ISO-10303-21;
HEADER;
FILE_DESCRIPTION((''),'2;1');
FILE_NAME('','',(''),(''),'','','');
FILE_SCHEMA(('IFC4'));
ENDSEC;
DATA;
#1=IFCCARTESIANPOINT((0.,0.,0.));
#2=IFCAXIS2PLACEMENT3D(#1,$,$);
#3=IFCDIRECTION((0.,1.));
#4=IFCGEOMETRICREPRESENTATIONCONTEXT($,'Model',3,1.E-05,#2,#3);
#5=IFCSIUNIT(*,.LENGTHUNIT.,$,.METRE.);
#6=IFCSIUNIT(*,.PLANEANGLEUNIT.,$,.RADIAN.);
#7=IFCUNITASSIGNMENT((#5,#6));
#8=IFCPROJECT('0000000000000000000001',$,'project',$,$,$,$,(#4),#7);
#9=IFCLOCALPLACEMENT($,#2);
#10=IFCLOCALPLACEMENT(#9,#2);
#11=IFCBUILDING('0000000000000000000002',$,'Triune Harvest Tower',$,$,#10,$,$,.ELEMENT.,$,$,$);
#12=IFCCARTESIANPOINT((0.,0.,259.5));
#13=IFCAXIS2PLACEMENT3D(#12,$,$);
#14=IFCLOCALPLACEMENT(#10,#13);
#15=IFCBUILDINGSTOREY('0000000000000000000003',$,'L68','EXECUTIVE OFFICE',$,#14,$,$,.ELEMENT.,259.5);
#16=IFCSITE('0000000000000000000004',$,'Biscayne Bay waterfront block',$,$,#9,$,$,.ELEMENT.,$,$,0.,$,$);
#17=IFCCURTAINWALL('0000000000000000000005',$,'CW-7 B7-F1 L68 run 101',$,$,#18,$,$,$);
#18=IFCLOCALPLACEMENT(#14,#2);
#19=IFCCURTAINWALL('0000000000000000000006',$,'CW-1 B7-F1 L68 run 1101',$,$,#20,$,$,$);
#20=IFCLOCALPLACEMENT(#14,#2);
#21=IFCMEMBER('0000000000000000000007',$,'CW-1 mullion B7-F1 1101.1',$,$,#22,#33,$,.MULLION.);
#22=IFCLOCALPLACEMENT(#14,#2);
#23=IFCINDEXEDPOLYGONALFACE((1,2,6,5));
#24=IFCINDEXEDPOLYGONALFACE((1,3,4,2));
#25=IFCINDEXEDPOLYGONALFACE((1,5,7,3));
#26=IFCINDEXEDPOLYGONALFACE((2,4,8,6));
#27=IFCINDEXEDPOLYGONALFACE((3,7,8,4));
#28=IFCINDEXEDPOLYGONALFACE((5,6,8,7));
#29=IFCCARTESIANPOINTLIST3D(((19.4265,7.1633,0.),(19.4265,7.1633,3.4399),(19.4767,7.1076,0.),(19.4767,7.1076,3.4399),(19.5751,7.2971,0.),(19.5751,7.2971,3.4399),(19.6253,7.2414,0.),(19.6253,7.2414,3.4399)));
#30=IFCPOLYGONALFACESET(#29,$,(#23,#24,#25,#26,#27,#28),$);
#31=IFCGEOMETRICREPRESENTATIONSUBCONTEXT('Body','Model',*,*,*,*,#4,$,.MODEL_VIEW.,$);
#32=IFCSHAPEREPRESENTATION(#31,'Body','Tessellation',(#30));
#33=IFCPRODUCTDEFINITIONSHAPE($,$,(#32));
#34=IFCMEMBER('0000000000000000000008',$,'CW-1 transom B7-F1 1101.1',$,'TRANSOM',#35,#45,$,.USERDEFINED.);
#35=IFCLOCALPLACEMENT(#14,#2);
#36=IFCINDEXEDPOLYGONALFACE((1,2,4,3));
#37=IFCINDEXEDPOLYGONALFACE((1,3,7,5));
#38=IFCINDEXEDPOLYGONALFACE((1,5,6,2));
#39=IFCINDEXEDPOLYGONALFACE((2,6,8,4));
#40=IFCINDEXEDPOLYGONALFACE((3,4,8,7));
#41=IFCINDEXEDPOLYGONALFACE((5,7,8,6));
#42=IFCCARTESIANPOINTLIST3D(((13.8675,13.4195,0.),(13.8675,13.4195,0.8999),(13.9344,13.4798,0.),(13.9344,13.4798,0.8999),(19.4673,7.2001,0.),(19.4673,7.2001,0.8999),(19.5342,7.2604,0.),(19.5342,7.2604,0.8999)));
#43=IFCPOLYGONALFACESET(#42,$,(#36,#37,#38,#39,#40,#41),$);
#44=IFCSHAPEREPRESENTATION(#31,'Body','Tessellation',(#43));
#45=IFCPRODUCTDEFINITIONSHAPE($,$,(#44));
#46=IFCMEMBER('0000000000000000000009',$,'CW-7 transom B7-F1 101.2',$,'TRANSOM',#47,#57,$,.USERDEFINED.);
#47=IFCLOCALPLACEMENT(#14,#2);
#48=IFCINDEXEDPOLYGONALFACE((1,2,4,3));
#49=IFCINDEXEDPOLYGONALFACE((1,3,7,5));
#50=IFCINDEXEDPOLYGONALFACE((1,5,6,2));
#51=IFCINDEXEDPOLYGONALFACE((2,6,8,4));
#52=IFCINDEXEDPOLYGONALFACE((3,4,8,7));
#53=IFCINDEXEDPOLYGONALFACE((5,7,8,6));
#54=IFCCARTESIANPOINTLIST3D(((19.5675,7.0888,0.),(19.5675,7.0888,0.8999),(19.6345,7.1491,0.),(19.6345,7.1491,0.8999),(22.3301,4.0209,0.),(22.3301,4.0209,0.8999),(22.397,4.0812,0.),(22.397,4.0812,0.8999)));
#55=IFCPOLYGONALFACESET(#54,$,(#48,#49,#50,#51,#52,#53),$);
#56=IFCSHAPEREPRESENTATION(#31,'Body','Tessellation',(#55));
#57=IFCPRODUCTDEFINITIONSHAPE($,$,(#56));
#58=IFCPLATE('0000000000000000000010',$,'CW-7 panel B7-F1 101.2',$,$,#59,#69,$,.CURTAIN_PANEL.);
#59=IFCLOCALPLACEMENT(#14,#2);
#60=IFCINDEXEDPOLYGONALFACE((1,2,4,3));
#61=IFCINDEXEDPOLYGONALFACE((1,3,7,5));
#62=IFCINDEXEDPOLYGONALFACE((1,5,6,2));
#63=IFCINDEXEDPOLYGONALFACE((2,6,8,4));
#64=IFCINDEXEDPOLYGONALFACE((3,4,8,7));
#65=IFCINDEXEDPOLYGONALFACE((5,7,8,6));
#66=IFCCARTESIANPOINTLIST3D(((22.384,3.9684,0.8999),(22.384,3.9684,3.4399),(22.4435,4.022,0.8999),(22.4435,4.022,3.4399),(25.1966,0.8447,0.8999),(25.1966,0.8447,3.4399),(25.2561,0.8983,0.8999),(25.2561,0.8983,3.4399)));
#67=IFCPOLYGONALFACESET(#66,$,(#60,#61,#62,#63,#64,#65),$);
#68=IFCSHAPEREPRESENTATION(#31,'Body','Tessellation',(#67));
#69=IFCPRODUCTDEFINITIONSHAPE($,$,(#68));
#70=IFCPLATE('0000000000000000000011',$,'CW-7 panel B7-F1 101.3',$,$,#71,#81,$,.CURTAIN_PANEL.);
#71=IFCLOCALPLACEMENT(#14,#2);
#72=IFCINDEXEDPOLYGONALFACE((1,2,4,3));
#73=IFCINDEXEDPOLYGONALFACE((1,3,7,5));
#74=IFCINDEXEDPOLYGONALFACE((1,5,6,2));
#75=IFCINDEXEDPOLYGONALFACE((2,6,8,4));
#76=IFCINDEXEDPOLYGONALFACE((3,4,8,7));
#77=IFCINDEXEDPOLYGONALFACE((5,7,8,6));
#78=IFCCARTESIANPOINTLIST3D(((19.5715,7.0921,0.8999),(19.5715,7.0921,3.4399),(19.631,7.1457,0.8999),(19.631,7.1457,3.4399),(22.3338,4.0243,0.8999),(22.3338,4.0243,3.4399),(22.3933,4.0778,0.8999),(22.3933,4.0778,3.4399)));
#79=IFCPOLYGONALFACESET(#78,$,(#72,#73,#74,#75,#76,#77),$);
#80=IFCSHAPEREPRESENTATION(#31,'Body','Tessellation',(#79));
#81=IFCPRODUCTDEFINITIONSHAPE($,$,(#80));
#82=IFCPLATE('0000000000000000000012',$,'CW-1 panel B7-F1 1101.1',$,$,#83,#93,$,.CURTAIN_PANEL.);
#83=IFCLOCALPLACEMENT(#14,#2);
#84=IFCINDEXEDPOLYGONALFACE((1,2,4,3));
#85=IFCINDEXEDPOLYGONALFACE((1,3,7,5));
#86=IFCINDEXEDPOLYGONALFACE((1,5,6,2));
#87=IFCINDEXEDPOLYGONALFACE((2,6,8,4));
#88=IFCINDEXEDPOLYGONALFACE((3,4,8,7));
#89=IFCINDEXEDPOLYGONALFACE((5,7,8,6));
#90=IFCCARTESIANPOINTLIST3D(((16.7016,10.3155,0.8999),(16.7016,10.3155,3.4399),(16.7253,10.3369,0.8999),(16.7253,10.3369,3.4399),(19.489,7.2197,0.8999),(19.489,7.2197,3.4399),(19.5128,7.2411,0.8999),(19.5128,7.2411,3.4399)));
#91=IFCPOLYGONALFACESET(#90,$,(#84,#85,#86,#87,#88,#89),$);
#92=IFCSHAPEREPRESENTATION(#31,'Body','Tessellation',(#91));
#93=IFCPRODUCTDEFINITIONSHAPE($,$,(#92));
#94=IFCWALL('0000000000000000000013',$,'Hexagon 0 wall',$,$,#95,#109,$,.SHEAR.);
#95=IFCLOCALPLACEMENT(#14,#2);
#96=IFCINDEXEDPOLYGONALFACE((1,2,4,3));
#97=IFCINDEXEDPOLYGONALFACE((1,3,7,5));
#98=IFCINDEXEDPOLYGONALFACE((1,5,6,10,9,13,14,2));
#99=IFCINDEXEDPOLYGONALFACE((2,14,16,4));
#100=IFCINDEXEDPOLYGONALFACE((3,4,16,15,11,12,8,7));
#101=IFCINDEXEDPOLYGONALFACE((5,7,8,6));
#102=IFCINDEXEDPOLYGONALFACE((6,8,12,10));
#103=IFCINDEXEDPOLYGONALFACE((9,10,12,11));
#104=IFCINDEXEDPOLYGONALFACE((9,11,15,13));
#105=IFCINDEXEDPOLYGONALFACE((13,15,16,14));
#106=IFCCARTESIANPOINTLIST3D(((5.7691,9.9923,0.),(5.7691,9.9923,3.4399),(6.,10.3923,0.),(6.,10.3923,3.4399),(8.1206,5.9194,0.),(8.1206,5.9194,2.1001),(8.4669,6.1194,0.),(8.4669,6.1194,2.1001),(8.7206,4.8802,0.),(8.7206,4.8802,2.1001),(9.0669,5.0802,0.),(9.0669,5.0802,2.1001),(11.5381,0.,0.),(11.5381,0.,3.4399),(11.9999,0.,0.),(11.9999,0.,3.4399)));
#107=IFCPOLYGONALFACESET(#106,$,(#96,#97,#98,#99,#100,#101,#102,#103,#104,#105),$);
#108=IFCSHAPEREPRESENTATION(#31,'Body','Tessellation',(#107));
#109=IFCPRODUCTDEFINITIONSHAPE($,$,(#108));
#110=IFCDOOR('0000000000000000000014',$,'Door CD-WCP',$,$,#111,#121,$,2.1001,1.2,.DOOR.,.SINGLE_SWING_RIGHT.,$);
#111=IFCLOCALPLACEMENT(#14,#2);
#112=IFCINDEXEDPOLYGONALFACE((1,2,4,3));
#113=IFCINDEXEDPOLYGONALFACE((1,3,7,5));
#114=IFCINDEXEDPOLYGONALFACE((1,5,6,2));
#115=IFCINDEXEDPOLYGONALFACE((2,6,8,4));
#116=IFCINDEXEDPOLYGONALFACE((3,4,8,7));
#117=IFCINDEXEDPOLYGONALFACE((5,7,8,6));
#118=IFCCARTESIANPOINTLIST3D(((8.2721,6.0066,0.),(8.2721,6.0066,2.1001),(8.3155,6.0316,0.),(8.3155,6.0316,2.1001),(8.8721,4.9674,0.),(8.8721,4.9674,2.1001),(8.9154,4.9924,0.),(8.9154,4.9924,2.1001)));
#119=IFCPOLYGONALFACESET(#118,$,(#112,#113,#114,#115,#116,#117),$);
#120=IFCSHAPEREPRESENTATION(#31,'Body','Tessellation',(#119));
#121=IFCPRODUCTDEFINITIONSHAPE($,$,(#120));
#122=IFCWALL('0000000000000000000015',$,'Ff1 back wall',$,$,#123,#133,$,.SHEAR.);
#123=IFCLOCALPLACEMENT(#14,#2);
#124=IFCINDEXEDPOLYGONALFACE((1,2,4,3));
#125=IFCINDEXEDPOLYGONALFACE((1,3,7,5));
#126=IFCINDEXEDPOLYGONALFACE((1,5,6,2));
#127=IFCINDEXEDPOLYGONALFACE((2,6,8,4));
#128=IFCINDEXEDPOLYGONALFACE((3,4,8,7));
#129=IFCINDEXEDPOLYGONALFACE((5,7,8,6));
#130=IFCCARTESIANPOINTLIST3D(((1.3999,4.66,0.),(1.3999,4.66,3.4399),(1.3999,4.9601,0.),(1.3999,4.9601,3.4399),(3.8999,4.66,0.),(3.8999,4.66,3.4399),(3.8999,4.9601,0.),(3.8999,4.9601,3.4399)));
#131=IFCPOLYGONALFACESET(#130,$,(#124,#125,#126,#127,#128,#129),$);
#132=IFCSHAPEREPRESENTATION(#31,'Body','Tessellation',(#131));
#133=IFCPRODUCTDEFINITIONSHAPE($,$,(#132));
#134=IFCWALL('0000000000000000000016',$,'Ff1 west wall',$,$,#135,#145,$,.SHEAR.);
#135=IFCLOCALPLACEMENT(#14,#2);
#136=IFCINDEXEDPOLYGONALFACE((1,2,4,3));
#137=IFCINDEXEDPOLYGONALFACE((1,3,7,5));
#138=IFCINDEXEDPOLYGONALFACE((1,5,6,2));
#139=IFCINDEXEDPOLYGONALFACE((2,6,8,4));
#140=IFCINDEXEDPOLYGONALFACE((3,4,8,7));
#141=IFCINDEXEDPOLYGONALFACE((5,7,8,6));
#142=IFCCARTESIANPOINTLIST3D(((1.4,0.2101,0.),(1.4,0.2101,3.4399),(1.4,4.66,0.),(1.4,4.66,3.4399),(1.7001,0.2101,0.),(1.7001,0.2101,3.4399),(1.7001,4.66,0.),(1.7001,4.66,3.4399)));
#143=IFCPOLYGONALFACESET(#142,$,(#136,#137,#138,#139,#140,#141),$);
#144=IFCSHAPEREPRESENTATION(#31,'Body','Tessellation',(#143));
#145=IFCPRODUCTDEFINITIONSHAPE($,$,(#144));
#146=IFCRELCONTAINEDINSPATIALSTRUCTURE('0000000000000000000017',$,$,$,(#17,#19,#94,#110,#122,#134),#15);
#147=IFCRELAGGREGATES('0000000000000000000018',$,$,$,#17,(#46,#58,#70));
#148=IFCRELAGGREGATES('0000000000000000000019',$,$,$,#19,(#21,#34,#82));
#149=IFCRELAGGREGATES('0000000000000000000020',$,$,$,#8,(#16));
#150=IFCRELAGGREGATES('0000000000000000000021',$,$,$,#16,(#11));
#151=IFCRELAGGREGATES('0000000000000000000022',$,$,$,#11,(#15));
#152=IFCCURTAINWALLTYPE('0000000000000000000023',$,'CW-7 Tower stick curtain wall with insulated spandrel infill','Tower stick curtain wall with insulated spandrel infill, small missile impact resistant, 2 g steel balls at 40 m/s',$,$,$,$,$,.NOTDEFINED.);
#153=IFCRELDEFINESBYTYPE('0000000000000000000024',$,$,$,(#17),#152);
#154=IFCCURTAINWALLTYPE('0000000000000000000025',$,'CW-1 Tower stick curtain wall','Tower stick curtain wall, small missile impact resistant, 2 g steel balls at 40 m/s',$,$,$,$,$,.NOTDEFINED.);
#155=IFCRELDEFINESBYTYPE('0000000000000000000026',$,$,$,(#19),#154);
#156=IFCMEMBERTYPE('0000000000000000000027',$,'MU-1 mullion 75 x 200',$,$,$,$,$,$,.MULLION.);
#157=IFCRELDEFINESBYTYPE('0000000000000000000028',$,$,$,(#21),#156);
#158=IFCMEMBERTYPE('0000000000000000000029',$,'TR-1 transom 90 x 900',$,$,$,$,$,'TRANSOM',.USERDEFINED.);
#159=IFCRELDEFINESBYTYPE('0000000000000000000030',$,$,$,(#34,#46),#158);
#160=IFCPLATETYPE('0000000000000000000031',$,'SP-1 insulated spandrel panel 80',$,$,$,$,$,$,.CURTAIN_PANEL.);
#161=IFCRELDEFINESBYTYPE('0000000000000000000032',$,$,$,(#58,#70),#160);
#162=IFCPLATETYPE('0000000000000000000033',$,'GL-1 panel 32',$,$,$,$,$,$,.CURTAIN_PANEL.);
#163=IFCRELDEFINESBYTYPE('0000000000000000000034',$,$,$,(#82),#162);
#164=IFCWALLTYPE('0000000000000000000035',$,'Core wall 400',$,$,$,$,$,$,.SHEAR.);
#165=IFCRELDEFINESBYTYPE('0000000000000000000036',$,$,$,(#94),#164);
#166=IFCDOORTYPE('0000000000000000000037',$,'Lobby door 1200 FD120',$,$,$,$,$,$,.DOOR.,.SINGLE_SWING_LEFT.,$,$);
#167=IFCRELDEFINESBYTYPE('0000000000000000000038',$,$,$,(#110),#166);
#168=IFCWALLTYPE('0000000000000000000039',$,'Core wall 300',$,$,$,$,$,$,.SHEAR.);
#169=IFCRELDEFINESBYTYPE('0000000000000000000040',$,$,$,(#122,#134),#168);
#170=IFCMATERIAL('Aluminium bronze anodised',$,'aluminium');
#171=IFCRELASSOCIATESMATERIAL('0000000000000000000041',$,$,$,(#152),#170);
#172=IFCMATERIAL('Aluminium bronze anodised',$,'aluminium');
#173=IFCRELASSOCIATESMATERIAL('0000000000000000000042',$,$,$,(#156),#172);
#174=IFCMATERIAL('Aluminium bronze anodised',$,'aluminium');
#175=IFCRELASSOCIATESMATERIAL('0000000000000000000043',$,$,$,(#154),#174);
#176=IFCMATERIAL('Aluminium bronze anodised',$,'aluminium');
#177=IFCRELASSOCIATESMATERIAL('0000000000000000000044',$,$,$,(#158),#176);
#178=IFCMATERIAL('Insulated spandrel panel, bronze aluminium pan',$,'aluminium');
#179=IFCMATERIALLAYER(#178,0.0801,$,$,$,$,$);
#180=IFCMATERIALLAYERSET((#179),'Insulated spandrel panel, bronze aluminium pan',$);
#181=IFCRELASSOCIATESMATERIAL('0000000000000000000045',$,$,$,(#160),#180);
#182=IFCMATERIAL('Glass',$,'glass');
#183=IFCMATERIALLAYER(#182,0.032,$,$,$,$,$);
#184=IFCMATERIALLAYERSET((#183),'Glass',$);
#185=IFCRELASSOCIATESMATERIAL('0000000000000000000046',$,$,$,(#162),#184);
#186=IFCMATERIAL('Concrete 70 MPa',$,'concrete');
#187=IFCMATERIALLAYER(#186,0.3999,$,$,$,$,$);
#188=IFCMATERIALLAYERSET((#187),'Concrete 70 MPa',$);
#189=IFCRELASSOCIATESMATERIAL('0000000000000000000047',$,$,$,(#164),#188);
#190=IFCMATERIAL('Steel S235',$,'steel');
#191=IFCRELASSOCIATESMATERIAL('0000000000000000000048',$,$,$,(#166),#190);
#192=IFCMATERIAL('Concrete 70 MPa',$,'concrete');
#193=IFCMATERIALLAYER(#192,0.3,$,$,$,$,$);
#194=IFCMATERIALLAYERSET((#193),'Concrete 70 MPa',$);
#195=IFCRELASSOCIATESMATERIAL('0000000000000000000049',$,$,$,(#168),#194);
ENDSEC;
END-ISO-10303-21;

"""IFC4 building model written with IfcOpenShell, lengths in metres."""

from ifc_helpers import new_model, si_unit, direction, frame, frame_2d, origin, origin_2d, place, context, subcontext, project, spatial, polyline, rectangle, outline, extrude, source, transform, mapped, material, layer, layer_set, material_profile, profile_set, type_object, element, fill, aggregate, save


model = new_model("IFC4")

# Units and contexts
model_context = context("Model", 3, precision=1e-05, world=origin(), true_north=direction((0.0, 1.0)))
body_context = subcontext(model_context, "Body", "Model", "MODEL_VIEW")
ifc_project = project(units=[si_unit("LENGTHUNIT", "METRE"), si_unit("PLANEANGLEUNIT", "RADIAN")], contexts=[model_context])

# Site, building, storey
site_placement = place(None, origin())
site = spatial("IfcSite", under=ifc_project, at=site_placement, Name="Biscayne Bay waterfront block", CompositionType="ELEMENT", RefElevation=0.0)
building_placement = place(site_placement, origin())
building = spatial("IfcBuilding", under=site, at=building_placement, Name="Triune Harvest Tower", CompositionType="ELEMENT")
storey_placement = place(building_placement, frame((0.0, 0.0, 259.5)))
storey = spatial("IfcBuildingStorey", under=building, at=storey_placement, Name="L68", Description="EXECUTIVE OFFICE", CompositionType="ELEMENT", Elevation=259.5)

# Curtain walls, members
ifc_material_1 = material(Name="Aluminium bronze anodised", Category="aluminium")
curtain_wall_type_1 = type_object("IfcCurtainWallType", Name="CW-7 Tower stick curtain wall with insulated spandrel infill", Description="Tower stick curtain wall with insulated spandrel infill, small missile impact resistant, 2 g steel balls at 40 m/s", PredefinedType="NOTDEFINED", material=ifc_material_1)
curtain_wall_1_placement = place(storey_placement, origin())
curtain_wall_1 = element("IfcCurtainWall", 1, at=curtain_wall_1_placement, inside=storey, type_object=curtain_wall_type_1, Name="CW-7 B7-F1 L68 run 101")
ifc_material_2 = material(Name="Aluminium bronze anodised", Category="aluminium")
ifc_material_profile_1 = material_profile(ifc_material_2, rectangle(XDim=0.2, YDim=0.075, at=origin_2d()), Name="MU-1 mullion 75 x 200")
ifc_profile_set_1 = profile_set([ifc_material_profile_1], Name="Aluminium bronze anodised")
member_type_1 = type_object("IfcMemberType", Name="MU-1 mullion 75 x 200", PredefinedType="MULLION", material=ifc_profile_set_1)
shared_shape_1 = source(origin(), body_context, "Body", "SweptSolid", [
    extrude(rectangle(XDim=0.2, YDim=0.075, at=origin_2d()), origin(), (0.0, 0.0, 1.0), 3.4399),
])
ifc_material_3 = material(Name="Aluminium bronze anodised", Category="aluminium")
curtain_wall_type_2 = type_object("IfcCurtainWallType", Name="CW-1 Tower stick curtain wall", Description="Tower stick curtain wall, small missile impact resistant, 2 g steel balls at 40 m/s", PredefinedType="NOTDEFINED", material=ifc_material_3)
curtain_wall_2_placement = place(storey_placement, origin())
curtain_wall_2 = element("IfcCurtainWall", 2, at=curtain_wall_2_placement, inside=storey, type_object=curtain_wall_type_2, Name="CW-1 B7-F1 L68 run 1101")
member_1_placement = place(storey_placement, frame((19.5259, 7.2024, 0.0), z_axis=(0.0, 0.0, 1.0), x_axis=(-0.743145, -0.669131, 0.0)))
member_1 = element("IfcMember", 3, at=member_1_placement, type_object=member_type_1, Name="CW-1 mullion B7-F1 1101.1", PredefinedType="MULLION", context=body_context, shape_type="MappedRepresentation", body=[
    mapped(shared_shape_1, transform((0.0, 0.0, 0.0), scale=1.0)),
])
ifc_material_4 = material(Name="Aluminium bronze anodised", Category="aluminium")
ifc_material_profile_2 = material_profile(ifc_material_4, rectangle(XDim=0.0901, YDim=0.8999, at=origin_2d()), Name="TR-1 transom 90 x 900")
ifc_profile_set_2 = profile_set([ifc_material_profile_2], Name="Aluminium bronze anodised")
member_type_2 = type_object("IfcMemberType", Name="TR-1 transom 90 x 900", ElementType="TRANSOM", PredefinedType="USERDEFINED", material=ifc_profile_set_2)
shared_shape_2 = source(origin(), body_context, "Body", "SweptSolid", [
    extrude(rectangle(XDim=0.0901, YDim=0.8999, at=origin_2d()), origin(), (0.0, 0.0, 1.0), 8.3689),
])
member_2_placement = place(storey_placement, frame((19.5007, 7.2302, 0.45), z_axis=(-0.669118, 0.743156, 0.0), x_axis=(-0.743156, -0.669118, 0.0)))
member_2 = element("IfcMember", 4, at=member_2_placement, type_object=member_type_2, Name="CW-1 transom B7-F1 1101.1", ObjectType="TRANSOM", PredefinedType="USERDEFINED", context=body_context, shape_type="MappedRepresentation", body=[
    mapped(shared_shape_2, transform((0.0, 0.0, 0.0), scale=1.0)),
])

# Member
shared_shape_3 = source(origin(), body_context, "Body", "SweptSolid", [
    extrude(rectangle(XDim=0.0901, YDim=0.8999, at=origin_2d()), origin(), (0.0, 0.0, 1.0), 4.1284),
])
member_3_placement = place(storey_placement, frame((22.3635, 4.051, 0.45), z_axis=(-0.669148, 0.743129, 0.0), x_axis=(-0.743129, -0.669148, 0.0)))
member_3 = element("IfcMember", 5, at=member_3_placement, type_object=member_type_2, Name="CW-7 transom B7-F1 101.2", ObjectType="TRANSOM", PredefinedType="USERDEFINED", context=body_context, shape_type="MappedRepresentation", body=[
    mapped(shared_shape_3, transform((0.0, 0.0, 0.0), scale=1.0)),
])

# Plates
ifc_material_5 = material(Name="Insulated spandrel panel, bronze aluminium pan", Category="aluminium")
ifc_layer_1 = layer(ifc_material_5, 0.0801)
ifc_layer_set_1 = layer_set([ifc_layer_1], Name="Insulated spandrel panel, bronze aluminium pan")
plate_type_1 = type_object("IfcPlateType", Name="SP-1 insulated spandrel panel 80", PredefinedType="CURTAIN_PANEL", material=ifc_layer_set_1)
shared_shape_4 = source(origin(), body_context, "Body", "SweptSolid", [
    extrude(rectangle(XDim=4.2034, YDim=0.0801, at=origin_2d()), origin(), (0.0, 0.0, 1.0), 2.54),
])
plate_1_placement = place(storey_placement, frame((23.8201, 2.4333, 0.8999), z_axis=(0.0, 0.0, 1.0), x_axis=(-0.669132, 0.743144, 0.0)))
plate_1 = element("IfcPlate", 6, at=plate_1_placement, type_object=plate_type_1, Name="CW-7 panel B7-F1 101.2", PredefinedType="CURTAIN_PANEL", context=body_context, shape_type="MappedRepresentation", body=[
    mapped(shared_shape_4, transform((0.0, 0.0, 0.0), scale=1.0)),
])
shared_shape_5 = source(origin(), body_context, "Body", "SweptSolid", [
    extrude(rectangle(XDim=4.1282, YDim=0.0801, at=origin_2d()), origin(), (0.0, 0.0, 1.0), 2.54),
])
plate_2_placement = place(storey_placement, frame((20.9824, 5.585, 0.8999), z_axis=(0.0, 0.0, 1.0), x_axis=(-0.669132, 0.743144, 0.0)))
plate_2 = element("IfcPlate", 7, at=plate_2_placement, type_object=plate_type_1, Name="CW-7 panel B7-F1 101.3", PredefinedType="CURTAIN_PANEL", context=body_context, shape_type="MappedRepresentation", body=[
    mapped(shared_shape_5, transform((0.0, 0.0, 0.0), scale=1.0)),
])
aggregate(curtain_wall_1, [member_3, plate_1, plate_2])
ifc_material_6 = material(Name="Glass", Category="glass")
ifc_layer_2 = layer(ifc_material_6, 0.032)
ifc_layer_set_2 = layer_set([ifc_layer_2], Name="Glass")
plate_type_2 = type_object("IfcPlateType", Name="GL-1 panel 32", PredefinedType="CURTAIN_PANEL", material=ifc_layer_set_2)
shared_shape_6 = source(origin(), body_context, "Body", "SweptSolid", [
    extrude(rectangle(XDim=4.1658, YDim=0.032, at=origin_2d()), origin(), (0.0, 0.0, 1.0), 2.54),
])
plate_3_placement = place(storey_placement, frame((18.1072, 8.7783, 0.8999), z_axis=(0.0, 0.0, 1.0), x_axis=(-0.669131, 0.743145, 0.0)))
plate_3 = element("IfcPlate", 8, at=plate_3_placement, type_object=plate_type_2, Name="CW-1 panel B7-F1 1101.1", PredefinedType="CURTAIN_PANEL", context=body_context, shape_type="MappedRepresentation", body=[
    mapped(shared_shape_6, transform((0.0, 0.0, 0.0), scale=1.0)),
])
aggregate(curtain_wall_2, [member_1, member_2, plate_3])

# Wall, opening, door
ifc_material_7 = material(Name="Concrete 70 MPa", Category="concrete")
ifc_layer_3 = layer(ifc_material_7, 0.3999)
ifc_layer_set_3 = layer_set([ifc_layer_3], Name="Concrete 70 MPa")
wall_type_1 = type_object("IfcWallType", Name="Core wall 400", PredefinedType="SHEAR", material=ifc_layer_set_3)
shared_shape_7 = source(origin(), body_context, "Body", "SweptSolid", [
    extrude(outline(polyline([(-0.1155, -0.2), (11.8845, -0.2), (11.6536, 0.2), (0.1155, 0.2), (-0.1155, -0.2)])), origin(), (0.0, 0.0, 1.0), 3.4399),
])
wall_1_placement = place(storey_placement, frame((11.769, 0.0, 0.0), z_axis=(0.0, 0.0, 1.0), x_axis=(-0.499997, 0.866027, 0.0)))
wall_1 = element("IfcWall", 9, at=wall_1_placement, inside=storey, type_object=wall_type_1, Name="Hexagon 0 wall", PredefinedType="SHEAR", context=body_context, shape_type="MappedRepresentation", body=[
    mapped(shared_shape_7, transform((0.0, 0.0, 0.0), scale=1.0)),
])
opening_1_placement = place(wall_1_placement, frame((5.7505, 0.0, 0.0)))
opening_1 = element("IfcOpeningElement", 10, at=opening_1_placement, cuts=wall_1, PredefinedType="OPENING", context=body_context, shape_type="SweptSolid", body=[
    extrude(rectangle(XDim=1.2, YDim=2.1001, at=frame_2d((0.6001, 1.05))), frame((0.0, 0.21, 0.0), z_axis=(0.0, -1.0, 0.0), x_axis=(1.0, 0.0, 0.0)), (0.0, 0.0, 1.0), 0.4199),
])
ifc_material_8 = material(Name="Steel S235", Category="steel")
door_type_1 = type_object("IfcDoorType", Name="Lobby door 1200 FD120", OperationType="SINGLE_SWING_LEFT", PredefinedType="DOOR", material=ifc_material_8)
door_1_placement = place(opening_1_placement, frame((1.2, 0.0, 0.0), z_axis=(0.0, 0.0, 1.0), x_axis=(-1.0, 0.0, 0.0)))
door_1 = element("IfcDoor", 11, at=door_1_placement, inside=storey, type_object=door_type_1, Name="Door CD-WCP", OperationType="SINGLE_SWING_RIGHT", OverallHeight=2.1001, OverallWidth=1.2, PredefinedType="DOOR", context=body_context, shape_type="SweptSolid", body=[
    extrude(rectangle(XDim=1.2, YDim=2.1001, at=frame_2d((0.6001, 1.05))), frame((0.0, 0.0249, 0.0), z_axis=(0.0, -1.0, 0.0), x_axis=(1.0, 0.0, 0.0)), (0.0, 0.0, 1.0), 0.05),
])
fill(opening_1, door_1)

# Walls
ifc_material_9 = material(Name="Concrete 70 MPa", Category="concrete")
ifc_layer_4 = layer(ifc_material_9, 0.3)
ifc_layer_set_4 = layer_set([ifc_layer_4], Name="Concrete 70 MPa")
wall_type_2 = type_object("IfcWallType", Name="Core wall 300", PredefinedType="SHEAR", material=ifc_layer_set_4)
shared_shape_8 = source(origin(), body_context, "Body", "SweptSolid", [
    extrude(rectangle(XDim=2.5, YDim=0.3, at=frame_2d((1.25, 0.0))), origin(), (0.0, 0.0, 1.0), 3.4399),
])
wall_2_placement = place(storey_placement, frame((1.3999, 4.8101, 0.0), z_axis=(0.0, 0.0, 1.0), x_axis=(1.0, 0.0, 0.0)))
element("IfcWall", 12, at=wall_2_placement, inside=storey, type_object=wall_type_2, Name="Ff1 back wall", PredefinedType="SHEAR", context=body_context, shape_type="MappedRepresentation", body=[
    mapped(shared_shape_8, transform((0.0, 0.0, 0.0), scale=1.0)),
])
shared_shape_9 = source(origin(), body_context, "Body", "SweptSolid", [
    extrude(rectangle(XDim=4.45, YDim=0.3, at=frame_2d((2.2251, 0.0))), origin(), (0.0, 0.0, 1.0), 3.4399),
])
wall_3_placement = place(storey_placement, frame((1.55, 0.21, 0.0), z_axis=(0.0, 0.0, 1.0), x_axis=(0.0, 1.0, 0.0)))
element("IfcWall", 13, at=wall_3_placement, inside=storey, type_object=wall_type_2, Name="Ff1 west wall", PredefinedType="SHEAR", context=body_context, shape_type="MappedRepresentation", body=[
    mapped(shared_shape_9, transform((0.0, 0.0, 0.0), scale=1.0)),
])

save(model, "model.ifc")
